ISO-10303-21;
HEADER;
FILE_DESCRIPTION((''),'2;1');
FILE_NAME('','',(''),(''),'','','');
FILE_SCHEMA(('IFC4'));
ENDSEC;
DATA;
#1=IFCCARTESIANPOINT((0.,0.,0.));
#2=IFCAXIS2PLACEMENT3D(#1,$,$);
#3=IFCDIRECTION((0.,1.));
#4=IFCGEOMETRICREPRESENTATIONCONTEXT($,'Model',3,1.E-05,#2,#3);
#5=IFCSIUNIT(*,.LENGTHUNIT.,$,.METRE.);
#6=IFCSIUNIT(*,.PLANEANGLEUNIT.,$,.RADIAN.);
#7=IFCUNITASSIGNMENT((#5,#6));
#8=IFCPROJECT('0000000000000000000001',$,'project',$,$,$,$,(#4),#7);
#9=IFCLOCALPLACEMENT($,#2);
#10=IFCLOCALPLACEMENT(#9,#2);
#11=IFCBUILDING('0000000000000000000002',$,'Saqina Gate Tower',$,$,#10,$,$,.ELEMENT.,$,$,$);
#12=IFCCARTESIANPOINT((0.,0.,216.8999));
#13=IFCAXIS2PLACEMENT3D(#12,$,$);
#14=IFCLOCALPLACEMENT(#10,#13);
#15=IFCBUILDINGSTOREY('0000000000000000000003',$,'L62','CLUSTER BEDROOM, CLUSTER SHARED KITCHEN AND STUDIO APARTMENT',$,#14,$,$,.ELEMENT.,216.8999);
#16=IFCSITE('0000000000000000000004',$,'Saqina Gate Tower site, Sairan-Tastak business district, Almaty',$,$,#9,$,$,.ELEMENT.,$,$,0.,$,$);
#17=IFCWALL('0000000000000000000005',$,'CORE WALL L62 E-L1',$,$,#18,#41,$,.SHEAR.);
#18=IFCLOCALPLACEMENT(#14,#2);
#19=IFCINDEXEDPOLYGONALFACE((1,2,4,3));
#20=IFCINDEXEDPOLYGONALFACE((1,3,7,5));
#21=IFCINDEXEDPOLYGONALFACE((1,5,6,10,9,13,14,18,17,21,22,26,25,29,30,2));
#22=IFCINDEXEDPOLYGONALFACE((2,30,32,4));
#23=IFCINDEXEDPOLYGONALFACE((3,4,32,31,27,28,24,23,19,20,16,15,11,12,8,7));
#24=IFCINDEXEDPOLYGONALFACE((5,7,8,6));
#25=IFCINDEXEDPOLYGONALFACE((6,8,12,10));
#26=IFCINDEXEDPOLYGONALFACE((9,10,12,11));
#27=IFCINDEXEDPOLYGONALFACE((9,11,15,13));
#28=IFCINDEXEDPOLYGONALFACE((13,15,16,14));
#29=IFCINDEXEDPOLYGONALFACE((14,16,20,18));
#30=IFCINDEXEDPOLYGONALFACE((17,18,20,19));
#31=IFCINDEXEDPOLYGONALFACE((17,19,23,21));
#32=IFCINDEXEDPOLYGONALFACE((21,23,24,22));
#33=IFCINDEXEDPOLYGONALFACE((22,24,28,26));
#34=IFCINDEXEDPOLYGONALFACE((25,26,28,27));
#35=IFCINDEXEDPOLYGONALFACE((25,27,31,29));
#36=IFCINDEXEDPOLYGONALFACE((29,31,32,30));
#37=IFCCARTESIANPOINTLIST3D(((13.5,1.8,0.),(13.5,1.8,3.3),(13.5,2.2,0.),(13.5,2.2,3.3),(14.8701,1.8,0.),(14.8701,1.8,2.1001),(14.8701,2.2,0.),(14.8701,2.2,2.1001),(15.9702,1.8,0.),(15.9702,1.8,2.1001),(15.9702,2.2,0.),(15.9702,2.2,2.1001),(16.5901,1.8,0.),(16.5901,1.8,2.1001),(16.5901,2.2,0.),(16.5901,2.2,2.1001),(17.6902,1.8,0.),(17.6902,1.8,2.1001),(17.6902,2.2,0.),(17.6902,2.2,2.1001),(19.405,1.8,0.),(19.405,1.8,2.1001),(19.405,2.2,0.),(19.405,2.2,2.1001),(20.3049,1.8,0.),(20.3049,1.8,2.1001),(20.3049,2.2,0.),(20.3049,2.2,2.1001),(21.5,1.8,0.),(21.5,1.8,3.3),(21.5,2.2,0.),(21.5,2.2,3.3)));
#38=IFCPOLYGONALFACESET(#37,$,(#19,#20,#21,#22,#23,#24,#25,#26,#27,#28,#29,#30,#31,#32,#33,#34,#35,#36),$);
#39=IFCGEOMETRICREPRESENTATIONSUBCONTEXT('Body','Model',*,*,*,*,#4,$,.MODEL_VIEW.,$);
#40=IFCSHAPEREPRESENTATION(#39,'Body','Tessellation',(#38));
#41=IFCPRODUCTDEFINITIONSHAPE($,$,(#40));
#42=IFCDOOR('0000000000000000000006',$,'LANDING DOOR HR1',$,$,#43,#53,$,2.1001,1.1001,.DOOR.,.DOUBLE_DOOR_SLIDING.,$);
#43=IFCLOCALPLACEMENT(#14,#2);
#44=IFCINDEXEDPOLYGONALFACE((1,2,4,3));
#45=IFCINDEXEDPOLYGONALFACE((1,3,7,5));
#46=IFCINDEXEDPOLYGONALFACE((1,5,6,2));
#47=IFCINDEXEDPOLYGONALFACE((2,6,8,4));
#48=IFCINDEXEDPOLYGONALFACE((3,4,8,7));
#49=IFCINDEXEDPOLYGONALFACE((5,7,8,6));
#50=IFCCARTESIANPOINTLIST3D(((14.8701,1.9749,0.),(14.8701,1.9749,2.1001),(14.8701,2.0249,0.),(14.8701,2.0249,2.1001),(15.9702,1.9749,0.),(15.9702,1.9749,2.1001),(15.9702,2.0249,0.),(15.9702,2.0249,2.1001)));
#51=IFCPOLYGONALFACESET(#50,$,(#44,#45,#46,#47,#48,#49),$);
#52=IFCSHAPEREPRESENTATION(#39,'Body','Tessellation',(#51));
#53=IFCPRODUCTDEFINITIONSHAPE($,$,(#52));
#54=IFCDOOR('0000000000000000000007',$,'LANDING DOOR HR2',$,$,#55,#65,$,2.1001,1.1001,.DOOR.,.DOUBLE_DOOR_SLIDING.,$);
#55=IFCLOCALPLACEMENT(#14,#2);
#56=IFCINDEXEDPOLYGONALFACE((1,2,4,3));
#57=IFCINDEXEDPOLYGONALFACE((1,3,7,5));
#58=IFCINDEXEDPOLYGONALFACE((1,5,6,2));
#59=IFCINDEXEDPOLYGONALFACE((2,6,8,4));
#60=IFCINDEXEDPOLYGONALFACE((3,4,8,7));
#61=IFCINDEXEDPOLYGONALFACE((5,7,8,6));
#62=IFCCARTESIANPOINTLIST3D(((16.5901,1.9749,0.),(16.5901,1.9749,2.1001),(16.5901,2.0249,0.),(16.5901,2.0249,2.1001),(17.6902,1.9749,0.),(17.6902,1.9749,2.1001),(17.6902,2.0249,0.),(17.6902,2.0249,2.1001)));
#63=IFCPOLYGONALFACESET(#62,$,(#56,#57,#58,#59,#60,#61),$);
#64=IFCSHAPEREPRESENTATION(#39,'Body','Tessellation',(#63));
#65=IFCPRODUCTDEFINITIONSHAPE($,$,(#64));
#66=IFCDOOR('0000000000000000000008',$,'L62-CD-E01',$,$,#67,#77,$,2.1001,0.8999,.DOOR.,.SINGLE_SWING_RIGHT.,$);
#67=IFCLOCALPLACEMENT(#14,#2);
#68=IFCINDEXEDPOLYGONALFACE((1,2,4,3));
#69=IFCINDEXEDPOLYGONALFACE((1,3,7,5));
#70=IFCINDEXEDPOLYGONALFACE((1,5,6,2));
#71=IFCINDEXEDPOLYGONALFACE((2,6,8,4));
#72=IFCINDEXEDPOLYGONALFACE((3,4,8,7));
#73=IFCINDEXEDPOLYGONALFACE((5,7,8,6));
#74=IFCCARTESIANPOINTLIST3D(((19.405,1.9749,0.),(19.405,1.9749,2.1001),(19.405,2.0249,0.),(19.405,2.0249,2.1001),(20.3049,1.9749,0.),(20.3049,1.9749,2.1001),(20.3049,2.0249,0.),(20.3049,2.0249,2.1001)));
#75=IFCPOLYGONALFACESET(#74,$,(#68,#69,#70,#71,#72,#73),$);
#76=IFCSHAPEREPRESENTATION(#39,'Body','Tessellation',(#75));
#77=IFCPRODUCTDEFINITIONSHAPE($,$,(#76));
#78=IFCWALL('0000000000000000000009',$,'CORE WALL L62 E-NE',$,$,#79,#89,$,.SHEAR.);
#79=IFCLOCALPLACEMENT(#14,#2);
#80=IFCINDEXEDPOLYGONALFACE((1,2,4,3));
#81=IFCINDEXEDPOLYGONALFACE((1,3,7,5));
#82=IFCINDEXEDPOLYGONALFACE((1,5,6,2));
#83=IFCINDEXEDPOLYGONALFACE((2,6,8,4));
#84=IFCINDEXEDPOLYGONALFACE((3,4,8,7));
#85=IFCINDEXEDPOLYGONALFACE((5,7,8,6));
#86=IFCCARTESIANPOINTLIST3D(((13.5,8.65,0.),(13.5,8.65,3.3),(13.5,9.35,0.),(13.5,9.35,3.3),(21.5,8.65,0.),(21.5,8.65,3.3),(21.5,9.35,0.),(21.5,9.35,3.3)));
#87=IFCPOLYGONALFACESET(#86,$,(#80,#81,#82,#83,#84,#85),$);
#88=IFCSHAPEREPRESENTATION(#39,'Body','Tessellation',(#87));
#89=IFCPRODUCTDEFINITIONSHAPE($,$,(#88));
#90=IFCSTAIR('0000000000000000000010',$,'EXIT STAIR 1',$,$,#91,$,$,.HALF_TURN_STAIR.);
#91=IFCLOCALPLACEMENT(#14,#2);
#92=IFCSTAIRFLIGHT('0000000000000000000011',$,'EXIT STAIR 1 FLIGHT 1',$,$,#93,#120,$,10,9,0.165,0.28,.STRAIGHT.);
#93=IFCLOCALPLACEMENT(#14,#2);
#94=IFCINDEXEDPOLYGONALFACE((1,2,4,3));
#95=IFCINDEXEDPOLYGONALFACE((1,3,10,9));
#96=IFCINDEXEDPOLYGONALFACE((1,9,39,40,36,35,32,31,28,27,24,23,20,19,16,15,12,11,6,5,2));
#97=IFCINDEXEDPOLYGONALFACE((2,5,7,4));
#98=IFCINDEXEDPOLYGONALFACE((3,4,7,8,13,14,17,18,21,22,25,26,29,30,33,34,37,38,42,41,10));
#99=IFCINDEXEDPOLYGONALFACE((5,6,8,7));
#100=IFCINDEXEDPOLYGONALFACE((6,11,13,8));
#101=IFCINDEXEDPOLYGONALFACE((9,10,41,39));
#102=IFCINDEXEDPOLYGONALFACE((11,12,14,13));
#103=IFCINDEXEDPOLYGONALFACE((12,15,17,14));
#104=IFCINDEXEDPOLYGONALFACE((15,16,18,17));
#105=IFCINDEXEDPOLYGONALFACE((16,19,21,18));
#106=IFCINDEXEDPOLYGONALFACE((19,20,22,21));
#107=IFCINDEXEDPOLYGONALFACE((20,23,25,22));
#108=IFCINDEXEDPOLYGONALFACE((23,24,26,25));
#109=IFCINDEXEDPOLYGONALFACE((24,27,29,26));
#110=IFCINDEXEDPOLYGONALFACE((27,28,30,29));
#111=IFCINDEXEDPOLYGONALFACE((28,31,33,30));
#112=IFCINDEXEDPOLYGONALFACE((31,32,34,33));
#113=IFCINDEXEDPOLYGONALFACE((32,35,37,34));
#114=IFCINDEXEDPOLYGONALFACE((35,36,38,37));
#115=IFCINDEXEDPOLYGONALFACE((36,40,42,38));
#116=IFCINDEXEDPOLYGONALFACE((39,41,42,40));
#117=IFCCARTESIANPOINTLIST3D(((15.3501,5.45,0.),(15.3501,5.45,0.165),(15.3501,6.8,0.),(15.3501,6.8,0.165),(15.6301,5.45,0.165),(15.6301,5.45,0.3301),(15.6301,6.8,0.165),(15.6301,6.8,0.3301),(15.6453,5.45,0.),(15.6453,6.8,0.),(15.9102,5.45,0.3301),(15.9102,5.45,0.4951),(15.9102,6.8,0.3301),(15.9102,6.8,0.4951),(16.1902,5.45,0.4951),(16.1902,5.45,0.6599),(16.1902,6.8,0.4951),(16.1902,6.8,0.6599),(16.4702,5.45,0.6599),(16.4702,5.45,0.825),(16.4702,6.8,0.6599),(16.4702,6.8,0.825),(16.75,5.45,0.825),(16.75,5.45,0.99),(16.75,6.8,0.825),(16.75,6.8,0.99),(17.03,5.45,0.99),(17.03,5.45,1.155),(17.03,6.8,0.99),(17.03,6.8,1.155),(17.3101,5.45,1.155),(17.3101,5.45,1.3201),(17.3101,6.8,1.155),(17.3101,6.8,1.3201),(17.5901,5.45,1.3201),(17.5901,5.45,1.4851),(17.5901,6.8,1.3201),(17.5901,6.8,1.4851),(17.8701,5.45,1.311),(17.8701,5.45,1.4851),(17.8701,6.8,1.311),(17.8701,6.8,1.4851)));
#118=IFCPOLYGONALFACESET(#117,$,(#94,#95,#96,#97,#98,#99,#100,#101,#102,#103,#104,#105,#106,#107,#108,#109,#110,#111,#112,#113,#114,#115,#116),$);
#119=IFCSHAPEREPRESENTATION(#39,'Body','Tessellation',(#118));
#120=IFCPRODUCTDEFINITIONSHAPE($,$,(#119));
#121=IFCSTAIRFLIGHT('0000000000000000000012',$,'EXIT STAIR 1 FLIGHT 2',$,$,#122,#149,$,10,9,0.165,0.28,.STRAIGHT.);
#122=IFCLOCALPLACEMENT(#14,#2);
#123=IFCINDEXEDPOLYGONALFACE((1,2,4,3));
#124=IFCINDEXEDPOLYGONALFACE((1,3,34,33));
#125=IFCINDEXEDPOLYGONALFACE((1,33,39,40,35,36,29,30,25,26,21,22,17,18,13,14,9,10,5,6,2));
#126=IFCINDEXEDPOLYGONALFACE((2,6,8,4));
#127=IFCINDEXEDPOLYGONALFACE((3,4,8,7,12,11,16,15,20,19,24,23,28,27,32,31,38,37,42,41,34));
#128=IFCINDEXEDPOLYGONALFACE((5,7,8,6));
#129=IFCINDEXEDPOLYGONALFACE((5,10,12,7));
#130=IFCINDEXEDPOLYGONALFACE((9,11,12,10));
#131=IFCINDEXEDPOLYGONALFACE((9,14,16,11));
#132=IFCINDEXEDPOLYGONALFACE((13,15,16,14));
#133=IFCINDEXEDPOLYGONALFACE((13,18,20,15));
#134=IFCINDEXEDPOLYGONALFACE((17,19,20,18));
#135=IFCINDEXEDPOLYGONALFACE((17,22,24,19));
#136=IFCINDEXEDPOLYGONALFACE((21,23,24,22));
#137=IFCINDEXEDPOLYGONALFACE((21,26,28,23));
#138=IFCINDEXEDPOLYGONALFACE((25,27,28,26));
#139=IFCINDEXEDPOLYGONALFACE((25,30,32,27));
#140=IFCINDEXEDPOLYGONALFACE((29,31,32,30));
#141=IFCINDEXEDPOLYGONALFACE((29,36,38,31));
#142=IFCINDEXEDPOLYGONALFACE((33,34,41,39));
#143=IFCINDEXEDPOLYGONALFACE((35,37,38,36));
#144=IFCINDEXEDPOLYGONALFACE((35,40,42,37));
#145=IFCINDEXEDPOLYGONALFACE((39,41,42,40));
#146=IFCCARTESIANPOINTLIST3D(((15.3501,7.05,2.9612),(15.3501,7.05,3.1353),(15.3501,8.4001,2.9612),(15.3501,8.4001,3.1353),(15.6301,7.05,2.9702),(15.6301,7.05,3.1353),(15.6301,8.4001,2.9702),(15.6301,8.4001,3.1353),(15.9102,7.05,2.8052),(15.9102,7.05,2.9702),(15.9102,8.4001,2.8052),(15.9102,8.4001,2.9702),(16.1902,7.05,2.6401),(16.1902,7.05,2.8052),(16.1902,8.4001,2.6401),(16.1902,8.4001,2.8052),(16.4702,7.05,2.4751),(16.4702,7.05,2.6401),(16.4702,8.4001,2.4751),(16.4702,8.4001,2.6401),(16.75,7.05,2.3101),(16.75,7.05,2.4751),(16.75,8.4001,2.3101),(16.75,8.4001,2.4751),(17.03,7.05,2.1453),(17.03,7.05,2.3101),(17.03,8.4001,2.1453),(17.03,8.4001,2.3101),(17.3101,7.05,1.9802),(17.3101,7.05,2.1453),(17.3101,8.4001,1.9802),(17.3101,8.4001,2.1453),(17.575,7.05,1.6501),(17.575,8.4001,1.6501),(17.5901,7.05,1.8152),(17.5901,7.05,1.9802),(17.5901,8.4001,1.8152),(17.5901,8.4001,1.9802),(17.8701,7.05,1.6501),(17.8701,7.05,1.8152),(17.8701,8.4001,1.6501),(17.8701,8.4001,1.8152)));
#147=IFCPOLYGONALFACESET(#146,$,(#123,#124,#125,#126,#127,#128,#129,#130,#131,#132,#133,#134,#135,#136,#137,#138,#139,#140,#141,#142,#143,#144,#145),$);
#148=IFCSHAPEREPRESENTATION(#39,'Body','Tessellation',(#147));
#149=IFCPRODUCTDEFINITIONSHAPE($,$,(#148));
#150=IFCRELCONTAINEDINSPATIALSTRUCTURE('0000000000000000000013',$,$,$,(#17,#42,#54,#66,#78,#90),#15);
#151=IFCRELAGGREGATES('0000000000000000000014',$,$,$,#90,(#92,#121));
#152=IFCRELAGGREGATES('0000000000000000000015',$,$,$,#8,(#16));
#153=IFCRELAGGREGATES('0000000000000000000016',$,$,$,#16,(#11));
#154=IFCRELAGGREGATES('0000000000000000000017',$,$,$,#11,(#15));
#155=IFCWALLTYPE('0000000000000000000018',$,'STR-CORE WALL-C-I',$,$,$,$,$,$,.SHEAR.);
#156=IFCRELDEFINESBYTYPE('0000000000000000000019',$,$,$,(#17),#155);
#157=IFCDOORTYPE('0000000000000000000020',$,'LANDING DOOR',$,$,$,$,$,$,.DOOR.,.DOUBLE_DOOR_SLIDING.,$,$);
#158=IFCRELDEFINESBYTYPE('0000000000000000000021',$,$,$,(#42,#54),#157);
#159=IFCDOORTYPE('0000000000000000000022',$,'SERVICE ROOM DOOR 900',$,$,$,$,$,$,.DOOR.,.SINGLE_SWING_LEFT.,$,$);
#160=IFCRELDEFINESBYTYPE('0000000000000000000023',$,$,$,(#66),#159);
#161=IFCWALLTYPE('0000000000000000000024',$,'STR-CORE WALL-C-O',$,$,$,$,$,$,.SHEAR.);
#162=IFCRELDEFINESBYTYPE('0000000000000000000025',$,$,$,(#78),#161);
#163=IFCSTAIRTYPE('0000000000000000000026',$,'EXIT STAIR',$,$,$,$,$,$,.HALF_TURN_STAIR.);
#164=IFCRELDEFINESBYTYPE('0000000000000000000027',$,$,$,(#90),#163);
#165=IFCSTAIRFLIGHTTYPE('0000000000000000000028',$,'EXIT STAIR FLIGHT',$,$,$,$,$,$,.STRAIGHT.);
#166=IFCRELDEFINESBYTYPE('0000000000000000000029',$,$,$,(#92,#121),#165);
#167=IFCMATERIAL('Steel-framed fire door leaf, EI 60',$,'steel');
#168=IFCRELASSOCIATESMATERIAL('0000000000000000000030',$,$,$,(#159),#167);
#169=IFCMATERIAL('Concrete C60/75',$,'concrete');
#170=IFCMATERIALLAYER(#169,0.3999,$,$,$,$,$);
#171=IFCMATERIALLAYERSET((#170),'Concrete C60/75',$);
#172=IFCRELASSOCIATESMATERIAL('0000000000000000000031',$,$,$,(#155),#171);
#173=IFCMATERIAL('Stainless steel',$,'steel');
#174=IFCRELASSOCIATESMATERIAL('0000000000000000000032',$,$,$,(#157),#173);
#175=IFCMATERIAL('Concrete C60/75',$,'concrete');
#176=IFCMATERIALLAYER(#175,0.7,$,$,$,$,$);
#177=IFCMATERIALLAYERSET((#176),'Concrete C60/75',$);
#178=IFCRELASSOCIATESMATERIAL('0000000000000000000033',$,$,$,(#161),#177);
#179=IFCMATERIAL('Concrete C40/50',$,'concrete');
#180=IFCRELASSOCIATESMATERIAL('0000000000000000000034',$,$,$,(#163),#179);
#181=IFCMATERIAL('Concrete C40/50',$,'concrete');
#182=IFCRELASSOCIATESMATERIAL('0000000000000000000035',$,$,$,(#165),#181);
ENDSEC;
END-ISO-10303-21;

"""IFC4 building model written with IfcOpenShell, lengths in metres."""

from ifc_helpers import new_model, si_unit, direction, frame, frame_2d, origin, place, context, subcontext, project, spatial, polyline, rectangle, outline, extrude, material, layer, layer_set, type_object, element, fill, aggregate, save


model = new_model("IFC4")

# Units and contexts
model_context = context("Model", 3, precision=1e-05, world=origin(), true_north=direction((0.0, 1.0)))
body_context = subcontext(model_context, "Body", "Model", "MODEL_VIEW")
ifc_project = project(units=[si_unit("LENGTHUNIT", "METRE"), si_unit("PLANEANGLEUNIT", "RADIAN")], contexts=[model_context])

# Site, building, storey
site_placement = place(None, origin())
site = spatial("IfcSite", under=ifc_project, at=site_placement, Name="Saqina Gate Tower site, Sairan-Tastak business district, Almaty", CompositionType="ELEMENT", RefElevation=0.0)
building_placement = place(site_placement, origin())
building = spatial("IfcBuilding", under=site, at=building_placement, Name="Saqina Gate Tower", CompositionType="ELEMENT")
storey_placement = place(building_placement, frame((0.0, 0.0, 216.8999)))
storey = spatial("IfcBuildingStorey", under=building, at=storey_placement, Name="L62", Description="CLUSTER BEDROOM, CLUSTER SHARED KITCHEN AND STUDIO APARTMENT", CompositionType="ELEMENT", Elevation=216.8999)

# Shared definitions
ifc_material_1 = material(Name="Steel-framed fire door leaf, EI 60", Category="steel")
door_type_1 = type_object("IfcDoorType", Name="SERVICE ROOM DOOR 900", OperationType="SINGLE_SWING_LEFT", PredefinedType="DOOR", material=ifc_material_1)

# Shared definitions
ifc_material_2 = material(Name="Concrete C60/75", Category="concrete")
ifc_layer_1 = layer(ifc_material_2, 0.3999)
ifc_layer_set_1 = layer_set([ifc_layer_1], Name="Concrete C60/75")
wall_type_1 = type_object("IfcWallType", Name="STR-CORE WALL-C-I", PredefinedType="SHEAR", material=ifc_layer_set_1)

# Wall, openings, doors
wall_1_placement = place(storey_placement, frame((13.5, 2.0, 0.0), z_axis=(0.0, 0.0, 1.0), x_axis=(1.0, 0.0, 0.0)))
wall_1 = element("IfcWall", 1, at=wall_1_placement, inside=storey, type_object=wall_type_1, Name="CORE WALL L62 E-L1", PredefinedType="SHEAR", context=body_context, shape_type="SweptSolid", body=[
    extrude(rectangle(XDim=8.0, YDim=0.3999, at=frame_2d((4.0, 0.0))), origin(), (0.0, 0.0, 1.0), 3.3),
])
opening_1_placement = place(wall_1_placement, frame((1.3701, 0.0, 0.0)))
opening_1 = element("IfcOpeningElement", 2, at=opening_1_placement, cuts=wall_1, PredefinedType="OPENING", context=body_context, shape_type="SweptSolid", body=[
    extrude(rectangle(XDim=1.1001, YDim=2.1001, at=frame_2d((0.55, 1.05))), frame((0.0, 0.2119, 0.0), z_axis=(0.0, -1.0, 0.0), x_axis=(1.0, 0.0, 0.0)), (0.0, 0.0, 1.0), 0.4238),
])
opening_2_placement = place(wall_1_placement, frame((3.0901, 0.0, 0.0)))
opening_2 = element("IfcOpeningElement", 3, at=opening_2_placement, cuts=wall_1, PredefinedType="OPENING", context=body_context, shape_type="SweptSolid", body=[
    extrude(rectangle(XDim=1.1001, YDim=2.1001, at=frame_2d((0.55, 1.05))), frame((0.0, 0.2119, 0.0), z_axis=(0.0, -1.0, 0.0), x_axis=(1.0, 0.0, 0.0)), (0.0, 0.0, 1.0), 0.4238),
])
opening_3_placement = place(wall_1_placement, frame((5.905, 0.0, 0.0)))
opening_3 = element("IfcOpeningElement", 4, at=opening_3_placement, cuts=wall_1, PredefinedType="OPENING", context=body_context, shape_type="SweptSolid", body=[
    extrude(rectangle(XDim=0.8999, YDim=2.1001, at=frame_2d((0.45, 1.05))), frame((0.0, 0.2119, 0.0), z_axis=(0.0, -1.0, 0.0), x_axis=(1.0, 0.0, 0.0)), (0.0, 0.0, 1.0), 0.4238),
])
ifc_material_3 = material(Name="Stainless steel", Category="steel")
door_type_2 = type_object("IfcDoorType", Name="LANDING DOOR", OperationType="DOUBLE_DOOR_SLIDING", PredefinedType="DOOR", material=ifc_material_3)
door_1_placement = place(opening_1_placement, origin())
door_1 = element("IfcDoor", 5, at=door_1_placement, inside=storey, type_object=door_type_2, Name="LANDING DOOR HR1", OperationType="DOUBLE_DOOR_SLIDING", OverallHeight=2.1001, OverallWidth=1.1001, PredefinedType="DOOR", context=body_context, shape_type="SweptSolid", body=[
    extrude(rectangle(XDim=1.1001, YDim=2.1001, at=frame_2d((0.55, 1.05))), frame((0.0, 0.0249, 0.0), z_axis=(0.0, -1.0, 0.0), x_axis=(1.0, 0.0, 0.0)), (0.0, 0.0, 1.0), 0.05),
])
fill(opening_1, door_1)
door_2_placement = place(opening_2_placement, origin())
door_2 = element("IfcDoor", 6, at=door_2_placement, inside=storey, type_object=door_type_2, Name="LANDING DOOR HR2", OperationType="DOUBLE_DOOR_SLIDING", OverallHeight=2.1001, OverallWidth=1.1001, PredefinedType="DOOR", context=body_context, shape_type="SweptSolid", body=[
    extrude(rectangle(XDim=1.1001, YDim=2.1001, at=frame_2d((0.55, 1.05))), frame((0.0, 0.0249, 0.0), z_axis=(0.0, -1.0, 0.0), x_axis=(1.0, 0.0, 0.0)), (0.0, 0.0, 1.0), 0.05),
])
fill(opening_2, door_2)
door_3_placement = place(opening_3_placement, origin())
door_3 = element("IfcDoor", 7, at=door_3_placement, inside=storey, type_object=door_type_1, Name="L62-CD-E01", OperationType="SINGLE_SWING_RIGHT", OverallHeight=2.1001, OverallWidth=0.8999, PredefinedType="DOOR", context=body_context, shape_type="SweptSolid", body=[
    extrude(rectangle(XDim=0.8999, YDim=2.1001, at=frame_2d((0.45, 1.05))), frame((0.0, 0.0249, 0.0), z_axis=(0.0, -1.0, 0.0), x_axis=(1.0, 0.0, 0.0)), (0.0, 0.0, 1.0), 0.05),
])
fill(opening_3, door_3)

# Wall
ifc_material_4 = material(Name="Concrete C60/75", Category="concrete")
ifc_layer_2 = layer(ifc_material_4, 0.7)
ifc_layer_set_2 = layer_set([ifc_layer_2], Name="Concrete C60/75")
wall_type_2 = type_object("IfcWallType", Name="STR-CORE WALL-C-O", PredefinedType="SHEAR", material=ifc_layer_set_2)
wall_2_placement = place(storey_placement, frame((13.5, 9.0, 0.0), z_axis=(0.0, 0.0, 1.0), x_axis=(1.0, 0.0, 0.0)))
element("IfcWall", 8, at=wall_2_placement, inside=storey, type_object=wall_type_2, Name="CORE WALL L62 E-NE", PredefinedType="SHEAR", context=body_context, shape_type="SweptSolid", body=[
    extrude(rectangle(XDim=8.0, YDim=0.7, at=frame_2d((4.0, 0.0))), origin(), (0.0, 0.0, 1.0), 3.3),
])

# Stair, stair flights
ifc_material_5 = material(Name="Concrete C40/50", Category="concrete")
stair_type = type_object("IfcStairType", Name="EXIT STAIR", PredefinedType="HALF_TURN_STAIR", material=ifc_material_5)
stair_placement = place(storey_placement, origin())
stair = element("IfcStair", 9, at=stair_placement, inside=storey, type_object=stair_type, Name="EXIT STAIR 1", PredefinedType="HALF_TURN_STAIR")
ifc_material_6 = material(Name="Concrete C40/50", Category="concrete")
stair_flight_type = type_object("IfcStairFlightType", Name="EXIT STAIR FLIGHT", PredefinedType="STRAIGHT", material=ifc_material_6)
stair_flight_1_placement = place(storey_placement, frame((15.3501, 6.125, 0.0), z_axis=(0.0, 0.0, 1.0), x_axis=(1.0, 0.0, 0.0)))
stair_flight_1 = element("IfcStairFlight", 10, at=stair_flight_1_placement, type_object=stair_flight_type, Name="EXIT STAIR 1 FLIGHT 1", NumberOfRisers=10, NumberOfTreads=9, PredefinedType="STRAIGHT", RiserHeight=0.165, TreadLength=0.28, context=body_context, shape_type="SweptSolid", body=[
    extrude(outline(polyline([(0.0, 0.0), (0.0, 0.165), (0.28, 0.165), (0.28, 0.3301), (0.5601, 0.3301), (0.5601, 0.4951), (0.8401, 0.4951), (0.8401, 0.6599), (1.1201, 0.6599), (1.1201, 0.825), (1.3999, 0.825), (1.3999, 0.99), (1.6799, 0.99), (1.6799, 1.155), (1.96, 1.155), (1.96, 1.3201), (2.24, 1.3201), (2.24, 1.4851), (2.52, 1.4851), (2.52, 1.6499), (2.52, 1.311), (0.2952, 0.0), (0.0, 0.0)])), frame((0.0, 0.675, 0.0), z_axis=(0.0, -1.0, 0.0), x_axis=(1.0, 0.0, 0.0)), (0.0, 0.0, 1.0), 1.3501),
])
stair_flight_2_placement = place(storey_placement, frame((17.8701, 7.7251, 1.6501), z_axis=(0.0, 0.0, 1.0), x_axis=(-1.0, 0.0, 0.0)))
stair_flight_2 = element("IfcStairFlight", 11, at=stair_flight_2_placement, type_object=stair_flight_type, Name="EXIT STAIR 1 FLIGHT 2", NumberOfRisers=10, NumberOfTreads=9, PredefinedType="STRAIGHT", RiserHeight=0.165, TreadLength=0.28, context=body_context, shape_type="SweptSolid", body=[
    extrude(outline(polyline([(0.0, 0.0), (0.0, 0.165), (0.28, 0.165), (0.28, 0.3301), (0.5601, 0.3301), (0.5601, 0.4951), (0.8401, 0.4951), (0.8401, 0.6599), (1.1201, 0.6599), (1.1201, 0.825), (1.3999, 0.825), (1.3999, 0.99), (1.6799, 0.99), (1.6799, 1.155), (1.96, 1.155), (1.96, 1.3201), (2.24, 1.3201), (2.24, 1.4851), (2.52, 1.4851), (2.52, 1.6499), (2.52, 1.311), (0.2952, 0.0), (0.0, 0.0)])), frame((0.0, 0.675, 0.0), z_axis=(0.0, -1.0, 0.0), x_axis=(1.0, 0.0, 0.0)), (0.0, 0.0, 1.0), 1.3501),
])
aggregate(stair, [stair_flight_1, stair_flight_2])

save(model, "model.ifc")
